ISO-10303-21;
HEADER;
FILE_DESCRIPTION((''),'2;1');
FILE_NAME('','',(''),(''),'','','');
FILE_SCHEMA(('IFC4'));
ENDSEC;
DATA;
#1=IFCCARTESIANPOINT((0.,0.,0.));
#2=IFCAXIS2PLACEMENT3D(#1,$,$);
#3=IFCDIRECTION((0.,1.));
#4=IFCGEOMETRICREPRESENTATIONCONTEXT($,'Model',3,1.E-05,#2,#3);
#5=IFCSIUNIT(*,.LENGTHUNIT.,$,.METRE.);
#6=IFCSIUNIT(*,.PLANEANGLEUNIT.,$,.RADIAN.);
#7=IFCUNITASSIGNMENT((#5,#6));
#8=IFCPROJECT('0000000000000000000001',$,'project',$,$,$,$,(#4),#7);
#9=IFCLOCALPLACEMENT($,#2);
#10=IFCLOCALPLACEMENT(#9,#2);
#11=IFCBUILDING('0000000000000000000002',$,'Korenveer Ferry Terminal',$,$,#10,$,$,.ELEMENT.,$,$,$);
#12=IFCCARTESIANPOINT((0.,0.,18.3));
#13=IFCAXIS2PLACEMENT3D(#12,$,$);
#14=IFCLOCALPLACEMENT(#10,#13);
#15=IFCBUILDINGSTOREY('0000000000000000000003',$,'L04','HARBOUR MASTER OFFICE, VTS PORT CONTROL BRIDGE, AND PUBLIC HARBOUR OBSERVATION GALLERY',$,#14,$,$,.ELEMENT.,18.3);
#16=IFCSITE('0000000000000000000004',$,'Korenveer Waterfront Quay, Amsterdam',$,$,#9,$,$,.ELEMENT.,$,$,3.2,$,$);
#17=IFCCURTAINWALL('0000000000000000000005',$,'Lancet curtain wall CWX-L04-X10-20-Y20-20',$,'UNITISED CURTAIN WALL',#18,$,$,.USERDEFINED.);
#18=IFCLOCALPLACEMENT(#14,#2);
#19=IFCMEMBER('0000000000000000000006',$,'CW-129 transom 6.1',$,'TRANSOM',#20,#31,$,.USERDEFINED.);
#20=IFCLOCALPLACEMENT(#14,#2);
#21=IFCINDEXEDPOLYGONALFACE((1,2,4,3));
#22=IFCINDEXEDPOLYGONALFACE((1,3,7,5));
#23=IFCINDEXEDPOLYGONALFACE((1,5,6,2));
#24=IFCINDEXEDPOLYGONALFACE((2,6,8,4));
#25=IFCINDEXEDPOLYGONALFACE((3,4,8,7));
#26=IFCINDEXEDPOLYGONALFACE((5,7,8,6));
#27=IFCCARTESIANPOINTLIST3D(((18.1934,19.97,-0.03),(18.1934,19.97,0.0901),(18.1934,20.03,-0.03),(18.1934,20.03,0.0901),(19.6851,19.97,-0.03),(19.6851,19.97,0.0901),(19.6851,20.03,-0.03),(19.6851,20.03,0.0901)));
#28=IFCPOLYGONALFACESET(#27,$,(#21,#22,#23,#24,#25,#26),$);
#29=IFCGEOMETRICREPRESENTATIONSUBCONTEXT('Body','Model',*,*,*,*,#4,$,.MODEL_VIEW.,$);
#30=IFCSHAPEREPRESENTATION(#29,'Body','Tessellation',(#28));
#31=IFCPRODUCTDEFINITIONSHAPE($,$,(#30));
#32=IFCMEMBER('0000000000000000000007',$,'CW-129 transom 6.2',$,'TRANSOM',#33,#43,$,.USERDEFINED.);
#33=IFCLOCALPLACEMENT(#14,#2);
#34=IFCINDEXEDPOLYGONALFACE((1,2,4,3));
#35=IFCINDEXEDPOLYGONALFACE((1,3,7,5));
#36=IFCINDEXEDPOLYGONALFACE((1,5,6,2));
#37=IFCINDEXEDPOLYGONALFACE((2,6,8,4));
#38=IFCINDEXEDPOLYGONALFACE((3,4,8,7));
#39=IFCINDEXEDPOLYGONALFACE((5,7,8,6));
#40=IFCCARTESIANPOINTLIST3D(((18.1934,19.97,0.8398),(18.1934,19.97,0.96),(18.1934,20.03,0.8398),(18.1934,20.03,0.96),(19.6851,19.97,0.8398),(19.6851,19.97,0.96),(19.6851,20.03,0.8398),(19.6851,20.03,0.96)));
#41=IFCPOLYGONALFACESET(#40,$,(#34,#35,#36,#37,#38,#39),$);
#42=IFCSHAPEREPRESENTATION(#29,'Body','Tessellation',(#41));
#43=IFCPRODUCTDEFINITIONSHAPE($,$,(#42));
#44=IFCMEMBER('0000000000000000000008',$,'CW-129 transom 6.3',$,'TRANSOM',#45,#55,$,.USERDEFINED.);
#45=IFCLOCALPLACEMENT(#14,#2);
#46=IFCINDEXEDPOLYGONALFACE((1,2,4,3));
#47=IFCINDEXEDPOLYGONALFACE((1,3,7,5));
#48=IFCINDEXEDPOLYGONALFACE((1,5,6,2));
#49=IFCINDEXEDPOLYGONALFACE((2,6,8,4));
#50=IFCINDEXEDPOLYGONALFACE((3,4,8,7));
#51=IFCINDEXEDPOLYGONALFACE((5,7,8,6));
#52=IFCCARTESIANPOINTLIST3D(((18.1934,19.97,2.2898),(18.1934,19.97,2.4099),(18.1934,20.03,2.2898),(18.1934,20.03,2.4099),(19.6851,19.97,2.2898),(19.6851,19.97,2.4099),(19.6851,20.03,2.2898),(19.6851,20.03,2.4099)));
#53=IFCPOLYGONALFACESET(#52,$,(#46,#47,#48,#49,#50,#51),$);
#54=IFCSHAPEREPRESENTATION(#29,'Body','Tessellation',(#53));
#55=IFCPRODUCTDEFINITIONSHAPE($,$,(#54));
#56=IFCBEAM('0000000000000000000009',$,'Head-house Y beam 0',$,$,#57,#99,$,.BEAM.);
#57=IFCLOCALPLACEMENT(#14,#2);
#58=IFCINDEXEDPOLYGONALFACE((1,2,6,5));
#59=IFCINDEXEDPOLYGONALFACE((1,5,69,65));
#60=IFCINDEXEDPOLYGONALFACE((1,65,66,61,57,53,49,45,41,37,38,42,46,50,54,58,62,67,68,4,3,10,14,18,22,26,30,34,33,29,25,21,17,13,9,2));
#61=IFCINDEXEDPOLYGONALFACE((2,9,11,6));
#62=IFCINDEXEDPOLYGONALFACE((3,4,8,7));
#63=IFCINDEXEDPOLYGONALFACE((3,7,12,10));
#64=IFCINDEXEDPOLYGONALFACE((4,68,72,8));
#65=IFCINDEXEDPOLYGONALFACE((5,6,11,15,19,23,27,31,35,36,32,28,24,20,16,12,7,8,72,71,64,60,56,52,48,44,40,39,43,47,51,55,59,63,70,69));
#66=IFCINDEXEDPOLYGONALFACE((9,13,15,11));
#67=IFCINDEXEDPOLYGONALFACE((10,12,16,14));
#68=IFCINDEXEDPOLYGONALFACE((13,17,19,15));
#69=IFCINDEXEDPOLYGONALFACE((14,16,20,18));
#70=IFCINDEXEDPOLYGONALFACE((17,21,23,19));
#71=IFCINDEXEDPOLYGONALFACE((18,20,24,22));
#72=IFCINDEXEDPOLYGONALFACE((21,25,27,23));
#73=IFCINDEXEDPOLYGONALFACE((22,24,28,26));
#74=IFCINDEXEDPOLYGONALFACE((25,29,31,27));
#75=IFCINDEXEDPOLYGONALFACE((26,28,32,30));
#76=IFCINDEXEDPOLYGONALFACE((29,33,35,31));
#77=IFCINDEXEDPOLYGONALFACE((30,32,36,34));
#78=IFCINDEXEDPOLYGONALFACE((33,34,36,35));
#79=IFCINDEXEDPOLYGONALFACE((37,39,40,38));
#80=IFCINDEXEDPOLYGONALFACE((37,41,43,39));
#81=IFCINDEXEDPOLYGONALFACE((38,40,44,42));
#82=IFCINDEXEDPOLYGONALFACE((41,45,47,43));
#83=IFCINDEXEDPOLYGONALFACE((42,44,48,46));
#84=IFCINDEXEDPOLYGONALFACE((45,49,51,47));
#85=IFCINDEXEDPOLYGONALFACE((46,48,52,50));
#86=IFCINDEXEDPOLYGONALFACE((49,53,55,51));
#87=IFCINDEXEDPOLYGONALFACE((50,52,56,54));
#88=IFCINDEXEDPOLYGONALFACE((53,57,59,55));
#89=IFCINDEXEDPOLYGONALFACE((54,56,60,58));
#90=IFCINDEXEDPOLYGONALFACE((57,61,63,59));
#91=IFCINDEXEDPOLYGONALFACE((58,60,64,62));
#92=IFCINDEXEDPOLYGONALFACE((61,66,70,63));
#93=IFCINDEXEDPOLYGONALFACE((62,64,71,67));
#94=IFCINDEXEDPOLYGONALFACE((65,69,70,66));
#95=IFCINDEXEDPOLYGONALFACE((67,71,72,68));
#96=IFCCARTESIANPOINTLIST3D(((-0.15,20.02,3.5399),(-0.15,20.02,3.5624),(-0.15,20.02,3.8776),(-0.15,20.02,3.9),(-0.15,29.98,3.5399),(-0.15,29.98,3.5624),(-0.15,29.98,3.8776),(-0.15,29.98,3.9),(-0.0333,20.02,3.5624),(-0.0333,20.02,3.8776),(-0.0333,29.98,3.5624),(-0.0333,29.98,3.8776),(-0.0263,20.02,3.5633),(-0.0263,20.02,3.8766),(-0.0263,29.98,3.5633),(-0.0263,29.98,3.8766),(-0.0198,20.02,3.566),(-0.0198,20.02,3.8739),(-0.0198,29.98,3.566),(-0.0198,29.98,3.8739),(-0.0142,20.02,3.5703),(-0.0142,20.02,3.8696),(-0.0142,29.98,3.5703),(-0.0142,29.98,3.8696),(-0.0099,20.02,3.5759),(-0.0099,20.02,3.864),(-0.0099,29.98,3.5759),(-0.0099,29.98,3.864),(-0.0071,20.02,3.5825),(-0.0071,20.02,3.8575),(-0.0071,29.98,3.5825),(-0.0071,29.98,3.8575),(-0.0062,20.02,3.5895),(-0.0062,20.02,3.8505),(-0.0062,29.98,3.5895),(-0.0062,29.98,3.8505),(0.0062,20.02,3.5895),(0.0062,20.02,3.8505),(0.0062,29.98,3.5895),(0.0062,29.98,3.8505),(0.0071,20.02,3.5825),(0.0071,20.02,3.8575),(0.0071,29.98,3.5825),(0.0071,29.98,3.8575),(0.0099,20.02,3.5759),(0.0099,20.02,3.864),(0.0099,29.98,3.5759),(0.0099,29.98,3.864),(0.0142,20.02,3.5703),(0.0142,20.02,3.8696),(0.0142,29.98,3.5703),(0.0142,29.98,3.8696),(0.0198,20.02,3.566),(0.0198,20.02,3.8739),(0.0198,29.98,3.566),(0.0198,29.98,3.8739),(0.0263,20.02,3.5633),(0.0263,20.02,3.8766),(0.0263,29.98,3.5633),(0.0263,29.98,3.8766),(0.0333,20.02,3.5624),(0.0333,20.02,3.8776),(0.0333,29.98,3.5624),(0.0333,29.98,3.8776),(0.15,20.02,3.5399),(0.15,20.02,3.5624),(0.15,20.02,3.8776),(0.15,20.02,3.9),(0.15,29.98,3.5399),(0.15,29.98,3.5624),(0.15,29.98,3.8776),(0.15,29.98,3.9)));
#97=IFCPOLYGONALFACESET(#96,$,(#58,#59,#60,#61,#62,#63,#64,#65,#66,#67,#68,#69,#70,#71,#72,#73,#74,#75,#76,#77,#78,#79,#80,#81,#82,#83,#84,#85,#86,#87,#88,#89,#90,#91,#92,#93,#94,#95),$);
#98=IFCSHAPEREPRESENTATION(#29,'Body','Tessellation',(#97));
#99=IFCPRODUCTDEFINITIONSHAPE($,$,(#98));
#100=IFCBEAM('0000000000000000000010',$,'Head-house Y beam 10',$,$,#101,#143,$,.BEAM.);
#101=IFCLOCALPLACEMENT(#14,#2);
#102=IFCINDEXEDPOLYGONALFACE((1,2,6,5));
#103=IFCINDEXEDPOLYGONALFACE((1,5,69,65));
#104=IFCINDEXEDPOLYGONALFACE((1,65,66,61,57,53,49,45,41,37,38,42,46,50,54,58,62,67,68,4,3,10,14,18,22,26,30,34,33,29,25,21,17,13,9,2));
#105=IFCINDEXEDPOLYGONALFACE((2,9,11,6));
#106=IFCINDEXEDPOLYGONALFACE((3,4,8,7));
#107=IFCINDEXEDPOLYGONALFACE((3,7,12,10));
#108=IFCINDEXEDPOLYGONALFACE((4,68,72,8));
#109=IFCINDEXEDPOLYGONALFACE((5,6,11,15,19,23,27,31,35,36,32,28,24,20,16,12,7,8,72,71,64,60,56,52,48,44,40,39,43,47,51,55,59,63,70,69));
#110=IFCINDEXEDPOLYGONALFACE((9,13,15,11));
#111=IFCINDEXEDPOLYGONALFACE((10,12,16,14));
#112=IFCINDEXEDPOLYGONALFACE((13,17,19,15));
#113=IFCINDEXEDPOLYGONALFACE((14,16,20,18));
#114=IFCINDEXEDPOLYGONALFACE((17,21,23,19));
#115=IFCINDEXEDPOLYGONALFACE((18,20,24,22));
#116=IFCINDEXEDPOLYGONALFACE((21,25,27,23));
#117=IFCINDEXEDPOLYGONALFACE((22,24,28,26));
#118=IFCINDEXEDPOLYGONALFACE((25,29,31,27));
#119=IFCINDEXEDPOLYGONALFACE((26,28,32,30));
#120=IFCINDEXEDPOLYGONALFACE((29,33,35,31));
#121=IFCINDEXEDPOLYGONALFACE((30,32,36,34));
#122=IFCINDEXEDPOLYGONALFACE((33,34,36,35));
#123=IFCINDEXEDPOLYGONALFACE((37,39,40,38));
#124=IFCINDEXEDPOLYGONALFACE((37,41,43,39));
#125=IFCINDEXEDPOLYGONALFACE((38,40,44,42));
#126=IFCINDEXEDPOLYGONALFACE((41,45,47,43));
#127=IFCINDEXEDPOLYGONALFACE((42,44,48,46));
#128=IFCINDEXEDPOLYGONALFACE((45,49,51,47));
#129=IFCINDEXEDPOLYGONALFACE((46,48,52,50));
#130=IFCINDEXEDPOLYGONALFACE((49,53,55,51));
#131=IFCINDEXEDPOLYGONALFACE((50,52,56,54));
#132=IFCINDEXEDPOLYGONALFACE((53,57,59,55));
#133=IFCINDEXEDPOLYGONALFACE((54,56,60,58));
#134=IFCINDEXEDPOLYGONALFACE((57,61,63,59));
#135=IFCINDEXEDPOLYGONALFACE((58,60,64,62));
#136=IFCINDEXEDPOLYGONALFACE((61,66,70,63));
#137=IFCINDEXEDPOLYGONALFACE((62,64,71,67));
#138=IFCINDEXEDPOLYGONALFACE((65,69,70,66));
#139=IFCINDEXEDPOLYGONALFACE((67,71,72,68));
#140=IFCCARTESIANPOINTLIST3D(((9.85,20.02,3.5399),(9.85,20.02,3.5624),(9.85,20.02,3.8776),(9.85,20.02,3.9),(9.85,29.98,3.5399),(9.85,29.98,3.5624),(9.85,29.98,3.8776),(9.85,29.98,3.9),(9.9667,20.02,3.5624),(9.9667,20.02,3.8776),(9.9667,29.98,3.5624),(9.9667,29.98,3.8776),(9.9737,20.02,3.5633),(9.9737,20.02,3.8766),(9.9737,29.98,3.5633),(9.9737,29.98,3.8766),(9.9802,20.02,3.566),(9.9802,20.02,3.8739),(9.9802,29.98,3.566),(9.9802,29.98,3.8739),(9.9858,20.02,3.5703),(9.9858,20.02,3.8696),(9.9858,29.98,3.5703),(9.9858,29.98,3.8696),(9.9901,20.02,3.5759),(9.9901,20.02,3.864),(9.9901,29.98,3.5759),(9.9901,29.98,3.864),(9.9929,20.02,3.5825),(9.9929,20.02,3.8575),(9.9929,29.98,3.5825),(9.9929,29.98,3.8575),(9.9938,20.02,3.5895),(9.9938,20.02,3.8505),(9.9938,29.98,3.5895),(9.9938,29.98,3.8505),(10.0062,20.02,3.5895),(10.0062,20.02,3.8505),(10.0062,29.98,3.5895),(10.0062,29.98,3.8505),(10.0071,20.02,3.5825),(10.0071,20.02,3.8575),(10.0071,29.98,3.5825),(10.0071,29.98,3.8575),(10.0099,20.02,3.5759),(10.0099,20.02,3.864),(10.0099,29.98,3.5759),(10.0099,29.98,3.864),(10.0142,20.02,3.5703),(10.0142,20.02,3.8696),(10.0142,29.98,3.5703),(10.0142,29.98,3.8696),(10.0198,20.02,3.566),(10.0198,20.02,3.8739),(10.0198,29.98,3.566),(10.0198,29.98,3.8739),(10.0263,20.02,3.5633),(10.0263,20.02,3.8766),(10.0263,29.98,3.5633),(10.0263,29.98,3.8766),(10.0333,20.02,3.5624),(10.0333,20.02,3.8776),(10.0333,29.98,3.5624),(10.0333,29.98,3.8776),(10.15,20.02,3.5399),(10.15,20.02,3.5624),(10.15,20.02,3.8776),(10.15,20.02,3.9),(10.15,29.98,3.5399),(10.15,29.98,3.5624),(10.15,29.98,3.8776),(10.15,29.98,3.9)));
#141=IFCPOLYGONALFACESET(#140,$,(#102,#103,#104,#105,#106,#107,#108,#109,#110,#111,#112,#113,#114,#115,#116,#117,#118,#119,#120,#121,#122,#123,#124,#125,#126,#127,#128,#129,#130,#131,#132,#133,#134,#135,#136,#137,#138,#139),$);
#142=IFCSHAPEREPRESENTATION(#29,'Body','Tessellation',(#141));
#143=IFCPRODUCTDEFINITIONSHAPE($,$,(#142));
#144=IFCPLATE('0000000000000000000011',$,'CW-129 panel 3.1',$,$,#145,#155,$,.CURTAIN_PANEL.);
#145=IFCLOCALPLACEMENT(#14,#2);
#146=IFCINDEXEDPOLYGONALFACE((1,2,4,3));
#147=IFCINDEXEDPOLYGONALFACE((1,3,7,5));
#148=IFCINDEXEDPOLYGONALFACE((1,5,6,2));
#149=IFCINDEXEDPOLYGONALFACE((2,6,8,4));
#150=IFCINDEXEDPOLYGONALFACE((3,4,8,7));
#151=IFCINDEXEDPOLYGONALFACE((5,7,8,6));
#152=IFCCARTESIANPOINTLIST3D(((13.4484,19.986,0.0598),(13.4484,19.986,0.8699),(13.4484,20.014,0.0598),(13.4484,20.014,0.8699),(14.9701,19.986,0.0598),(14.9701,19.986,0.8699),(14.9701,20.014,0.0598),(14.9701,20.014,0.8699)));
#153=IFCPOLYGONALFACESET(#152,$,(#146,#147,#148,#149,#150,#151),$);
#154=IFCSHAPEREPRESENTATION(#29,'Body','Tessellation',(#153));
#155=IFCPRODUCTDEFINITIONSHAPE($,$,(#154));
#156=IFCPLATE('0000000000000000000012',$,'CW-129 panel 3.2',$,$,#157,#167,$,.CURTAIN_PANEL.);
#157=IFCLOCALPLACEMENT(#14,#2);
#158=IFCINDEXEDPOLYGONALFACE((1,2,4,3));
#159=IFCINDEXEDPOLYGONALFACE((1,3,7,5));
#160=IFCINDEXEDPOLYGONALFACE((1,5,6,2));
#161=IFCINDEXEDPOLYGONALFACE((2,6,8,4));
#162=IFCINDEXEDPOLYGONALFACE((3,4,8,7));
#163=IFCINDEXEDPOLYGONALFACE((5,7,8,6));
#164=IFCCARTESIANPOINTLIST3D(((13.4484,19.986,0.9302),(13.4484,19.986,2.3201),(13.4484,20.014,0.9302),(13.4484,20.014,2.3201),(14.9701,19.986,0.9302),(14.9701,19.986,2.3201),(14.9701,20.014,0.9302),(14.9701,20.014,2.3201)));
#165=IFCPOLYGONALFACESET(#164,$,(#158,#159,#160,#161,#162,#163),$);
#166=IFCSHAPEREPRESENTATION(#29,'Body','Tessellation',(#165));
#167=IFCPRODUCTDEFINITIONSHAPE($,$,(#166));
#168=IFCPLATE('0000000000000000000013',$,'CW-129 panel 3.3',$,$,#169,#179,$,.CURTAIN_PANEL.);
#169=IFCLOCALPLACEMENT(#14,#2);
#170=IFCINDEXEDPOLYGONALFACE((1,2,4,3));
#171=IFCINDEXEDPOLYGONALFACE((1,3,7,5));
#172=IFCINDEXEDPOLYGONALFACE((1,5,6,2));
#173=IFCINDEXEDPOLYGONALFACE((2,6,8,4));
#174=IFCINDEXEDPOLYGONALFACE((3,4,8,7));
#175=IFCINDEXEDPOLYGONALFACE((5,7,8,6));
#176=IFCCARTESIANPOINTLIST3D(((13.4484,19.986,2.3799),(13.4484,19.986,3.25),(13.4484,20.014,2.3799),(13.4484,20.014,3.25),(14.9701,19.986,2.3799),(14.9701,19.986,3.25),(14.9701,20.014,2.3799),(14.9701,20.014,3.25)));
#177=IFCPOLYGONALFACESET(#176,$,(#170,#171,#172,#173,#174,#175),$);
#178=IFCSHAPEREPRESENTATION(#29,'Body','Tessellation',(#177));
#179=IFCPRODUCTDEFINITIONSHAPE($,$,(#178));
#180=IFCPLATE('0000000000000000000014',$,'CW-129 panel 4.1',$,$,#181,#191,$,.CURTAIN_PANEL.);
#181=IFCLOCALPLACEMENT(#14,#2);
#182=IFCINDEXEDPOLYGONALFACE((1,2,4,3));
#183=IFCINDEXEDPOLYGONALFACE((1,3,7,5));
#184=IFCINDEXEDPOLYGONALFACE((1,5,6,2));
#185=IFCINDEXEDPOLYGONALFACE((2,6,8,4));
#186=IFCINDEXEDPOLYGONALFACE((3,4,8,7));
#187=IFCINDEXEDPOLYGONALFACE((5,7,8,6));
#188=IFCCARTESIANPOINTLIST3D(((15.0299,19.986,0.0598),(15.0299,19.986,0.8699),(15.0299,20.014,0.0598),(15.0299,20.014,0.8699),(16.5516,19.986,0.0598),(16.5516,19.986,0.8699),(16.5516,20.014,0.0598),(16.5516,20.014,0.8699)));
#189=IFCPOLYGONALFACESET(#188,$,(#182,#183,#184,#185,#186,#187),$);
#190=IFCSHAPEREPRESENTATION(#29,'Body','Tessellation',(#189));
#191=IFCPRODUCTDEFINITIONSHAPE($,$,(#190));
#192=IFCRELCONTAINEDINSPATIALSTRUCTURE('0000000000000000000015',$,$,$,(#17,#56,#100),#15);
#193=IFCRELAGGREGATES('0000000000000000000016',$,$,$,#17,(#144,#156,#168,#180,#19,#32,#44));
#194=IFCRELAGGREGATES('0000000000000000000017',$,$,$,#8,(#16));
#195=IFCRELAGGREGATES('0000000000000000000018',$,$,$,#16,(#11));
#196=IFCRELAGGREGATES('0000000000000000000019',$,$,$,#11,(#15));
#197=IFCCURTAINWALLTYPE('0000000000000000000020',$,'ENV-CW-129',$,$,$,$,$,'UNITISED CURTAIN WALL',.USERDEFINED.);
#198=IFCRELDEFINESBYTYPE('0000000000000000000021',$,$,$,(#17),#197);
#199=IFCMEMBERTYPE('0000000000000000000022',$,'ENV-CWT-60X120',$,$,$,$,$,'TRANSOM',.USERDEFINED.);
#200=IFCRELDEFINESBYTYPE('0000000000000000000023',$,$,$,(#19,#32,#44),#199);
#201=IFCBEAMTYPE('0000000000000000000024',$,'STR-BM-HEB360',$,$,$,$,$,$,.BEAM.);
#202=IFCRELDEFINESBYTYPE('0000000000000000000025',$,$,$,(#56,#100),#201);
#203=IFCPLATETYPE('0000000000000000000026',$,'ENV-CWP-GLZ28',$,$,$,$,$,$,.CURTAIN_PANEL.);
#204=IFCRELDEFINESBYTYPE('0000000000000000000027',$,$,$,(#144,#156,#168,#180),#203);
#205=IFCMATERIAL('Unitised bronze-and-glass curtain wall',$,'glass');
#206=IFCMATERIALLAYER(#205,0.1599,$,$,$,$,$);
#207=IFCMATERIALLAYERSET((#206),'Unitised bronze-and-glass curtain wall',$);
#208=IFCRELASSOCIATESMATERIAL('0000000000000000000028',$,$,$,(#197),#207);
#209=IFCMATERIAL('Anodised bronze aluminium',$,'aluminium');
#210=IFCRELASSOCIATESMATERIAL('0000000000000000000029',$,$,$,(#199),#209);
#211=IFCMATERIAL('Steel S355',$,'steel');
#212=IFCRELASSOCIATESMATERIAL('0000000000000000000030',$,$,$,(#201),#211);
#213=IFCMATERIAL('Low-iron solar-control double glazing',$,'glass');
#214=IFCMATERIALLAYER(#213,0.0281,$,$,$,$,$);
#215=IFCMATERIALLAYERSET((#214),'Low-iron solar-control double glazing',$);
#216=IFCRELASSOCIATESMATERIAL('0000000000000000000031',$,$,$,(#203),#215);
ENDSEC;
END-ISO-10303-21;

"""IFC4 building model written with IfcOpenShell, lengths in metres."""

from ifc_helpers import new_model, si_unit, direction, frame, origin, origin_2d, place, context, subcontext, project, spatial, rectangle, i_section, extrude, material, layer, layer_set, material_profile, profile_set, type_object, element, aggregate, save


model = new_model("IFC4")

# Units and contexts
model_context = context("Model", 3, precision=1e-05, world=origin(), true_north=direction((0.0, 1.0)))
body_context = subcontext(model_context, "Body", "Model", "MODEL_VIEW")
ifc_project = project(units=[si_unit("LENGTHUNIT", "METRE"), si_unit("PLANEANGLEUNIT", "RADIAN")], contexts=[model_context])

# Site, building, storey
site_placement = place(None, origin())
site = spatial("IfcSite", under=ifc_project, at=site_placement, Name="Korenveer Waterfront Quay, Amsterdam", CompositionType="ELEMENT", RefElevation=3.2)
building_placement = place(site_placement, origin())
building = spatial("IfcBuilding", under=site, at=building_placement, Name="Korenveer Ferry Terminal", CompositionType="ELEMENT")
storey_placement = place(building_placement, frame((0.0, 0.0, 18.3)))
storey = spatial("IfcBuildingStorey", under=building, at=storey_placement, Name="L04", Description="HARBOUR MASTER OFFICE, VTS PORT CONTROL BRIDGE, AND PUBLIC HARBOUR OBSERVATION GALLERY", CompositionType="ELEMENT", Elevation=18.3)

# Curtain wall, members
ifc_material_1 = material(Name="Unitised bronze-and-glass curtain wall", Category="glass")
ifc_layer_1 = layer(ifc_material_1, 0.1599)
ifc_layer_set_1 = layer_set([ifc_layer_1], Name="Unitised bronze-and-glass curtain wall")
curtain_wall_type = type_object("IfcCurtainWallType", Name="ENV-CW-129", ElementType="UNITISED CURTAIN WALL", PredefinedType="USERDEFINED", material=ifc_layer_set_1)
curtain_wall_placement = place(storey_placement, frame((10.2549, 20.0, 0.0)))
curtain_wall = element("IfcCurtainWall", 1, at=curtain_wall_placement, inside=storey, type_object=curtain_wall_type, Name="Lancet curtain wall CWX-L04-X10-20-Y20-20", ObjectType="UNITISED CURTAIN WALL", PredefinedType="USERDEFINED")
ifc_material_2 = material(Name="Anodised bronze aluminium", Category="aluminium")
ifc_material_profile_1 = material_profile(ifc_material_2, rectangle(XDim=0.0601, YDim=0.1201, at=origin_2d()), Name="ALU 60x120")
ifc_profile_set_1 = profile_set([ifc_material_profile_1], Name="Anodised bronze aluminium")
member_type_1 = type_object("IfcMemberType", Name="ENV-CWT-60X120", ElementType="TRANSOM", PredefinedType="USERDEFINED", material=ifc_profile_set_1)
member_1_placement = place(storey_placement, frame((18.1934, 20.0, 0.03), z_axis=(1.0, 0.0, 0.0), x_axis=(0.0, 1.0, 0.0)))
member_1 = element("IfcMember", 2, at=member_1_placement, type_object=member_type_1, Name="CW-129 transom 6.1", ObjectType="TRANSOM", PredefinedType="USERDEFINED", context=body_context, shape_type="SweptSolid", body=[
    extrude(rectangle(XDim=0.0601, YDim=0.1201, at=origin_2d()), origin(), (0.0, 0.0, 1.0), 1.4917),
])
member_2_placement = place(storey_placement, frame((18.1934, 20.0, 0.8999), z_axis=(1.0, 0.0, 0.0), x_axis=(0.0, 1.0, 0.0)))
member_2 = element("IfcMember", 3, at=member_2_placement, type_object=member_type_1, Name="CW-129 transom 6.2", ObjectType="TRANSOM", PredefinedType="USERDEFINED", context=body_context, shape_type="SweptSolid", body=[
    extrude(rectangle(XDim=0.0601, YDim=0.1201, at=origin_2d()), origin(), (0.0, 0.0, 1.0), 1.4917),
])
member_3_placement = place(storey_placement, frame((18.1934, 20.0, 2.3499), z_axis=(1.0, 0.0, 0.0), x_axis=(0.0, 1.0, 0.0)))
member_3 = element("IfcMember", 4, at=member_3_placement, type_object=member_type_1, Name="CW-129 transom 6.3", ObjectType="TRANSOM", PredefinedType="USERDEFINED", context=body_context, shape_type="SweptSolid", body=[
    extrude(rectangle(XDim=0.0601, YDim=0.1201, at=origin_2d()), origin(), (0.0, 0.0, 1.0), 1.4917),
])

# Beams
ifc_material_3 = material(Name="Steel S355", Category="steel")
ifc_material_profile_2 = material_profile(ifc_material_3, i_section(OverallWidth=0.3, OverallDepth=0.3601, WebThickness=0.0125, FlangeThickness=0.0225, FilletRadius=0.0271, at=origin_2d()), Name="HEB 360")
ifc_profile_set_2 = profile_set([ifc_material_profile_2], Name="Steel S355")
beam_type = type_object("IfcBeamType", Name="STR-BM-HEB360", PredefinedType="BEAM", material=ifc_profile_set_2)
for number, where, z_axis, x_axis, name in (
    (5, (0.0, 20.02, 3.72), (0.0, 1.0, 0.0), (-1.0, 0.0, 0.0), "Head-house Y beam 0"),
    (6, (10.0, 20.02, 3.72), (0.0, 1.0, 0.0), (-1.0, 0.0, 0.0), "Head-house Y beam 10"),
):
    element("IfcBeam", number, at=place(storey_placement, frame(where, z_axis=z_axis, x_axis=x_axis)), inside=storey, type_object=beam_type, Name=name, PredefinedType="BEAM", context=body_context, shape_type="SweptSolid", body=[
        extrude(i_section(OverallWidth=0.3, OverallDepth=0.3601, WebThickness=0.0125, FlangeThickness=0.0225, FilletRadius=0.0271, at=origin_2d()), origin(), (0.0, 0.0, 1.0), 9.96),
    ])

# Plates
ifc_material_4 = material(Name="Low-iron solar-control double glazing", Category="glass")
ifc_layer_2 = layer(ifc_material_4, 0.0281)
ifc_layer_set_2 = layer_set([ifc_layer_2], Name="Low-iron solar-control double glazing")
plate_type = type_object("IfcPlateType", Name="ENV-CWP-GLZ28", PredefinedType="CURTAIN_PANEL", material=ifc_layer_set_2)
plate_1_placement = place(storey_placement, frame((14.2092, 20.0, 0.0598), z_axis=(0.0, 0.0, 1.0), x_axis=(1.0, 0.0, 0.0)))
plate_1 = element("IfcPlate", 7, at=plate_1_placement, type_object=plate_type, Name="CW-129 panel 3.1", PredefinedType="CURTAIN_PANEL", context=body_context, shape_type="SweptSolid", body=[
    extrude(rectangle(XDim=1.5217, YDim=0.0281, at=origin_2d()), origin(), (0.0, 0.0, 1.0), 0.8101),
])
plate_2_placement = place(storey_placement, frame((14.2092, 20.0, 0.9302), z_axis=(0.0, 0.0, 1.0), x_axis=(1.0, 0.0, 0.0)))
plate_2 = element("IfcPlate", 8, at=plate_2_placement, type_object=plate_type, Name="CW-129 panel 3.2", PredefinedType="CURTAIN_PANEL", context=body_context, shape_type="SweptSolid", body=[
    extrude(rectangle(XDim=1.5217, YDim=0.0281, at=origin_2d()), origin(), (0.0, 0.0, 1.0), 1.3899),
])
plate_3_placement = place(storey_placement, frame((14.2092, 20.0, 2.3799), z_axis=(0.0, 0.0, 1.0), x_axis=(1.0, 0.0, 0.0)))
plate_3 = element("IfcPlate", 9, at=plate_3_placement, type_object=plate_type, Name="CW-129 panel 3.3", PredefinedType="CURTAIN_PANEL", context=body_context, shape_type="SweptSolid", body=[
    extrude(rectangle(XDim=1.5217, YDim=0.0281, at=origin_2d()), origin(), (0.0, 0.0, 1.0), 0.8701),
])
plate_4_placement = place(storey_placement, frame((15.7908, 20.0, 0.0598), z_axis=(0.0, 0.0, 1.0), x_axis=(1.0, 0.0, 0.0)))
plate_4 = element("IfcPlate", 10, at=plate_4_placement, type_object=plate_type, Name="CW-129 panel 4.1", PredefinedType="CURTAIN_PANEL", context=body_context, shape_type="SweptSolid", body=[
    extrude(rectangle(XDim=1.5217, YDim=0.0281, at=origin_2d()), origin(), (0.0, 0.0, 1.0), 0.8101),
])
aggregate(curtain_wall, [plate_1, plate_2, plate_3, plate_4, member_1, member_2, member_3])

save(model, "model.ifc")
